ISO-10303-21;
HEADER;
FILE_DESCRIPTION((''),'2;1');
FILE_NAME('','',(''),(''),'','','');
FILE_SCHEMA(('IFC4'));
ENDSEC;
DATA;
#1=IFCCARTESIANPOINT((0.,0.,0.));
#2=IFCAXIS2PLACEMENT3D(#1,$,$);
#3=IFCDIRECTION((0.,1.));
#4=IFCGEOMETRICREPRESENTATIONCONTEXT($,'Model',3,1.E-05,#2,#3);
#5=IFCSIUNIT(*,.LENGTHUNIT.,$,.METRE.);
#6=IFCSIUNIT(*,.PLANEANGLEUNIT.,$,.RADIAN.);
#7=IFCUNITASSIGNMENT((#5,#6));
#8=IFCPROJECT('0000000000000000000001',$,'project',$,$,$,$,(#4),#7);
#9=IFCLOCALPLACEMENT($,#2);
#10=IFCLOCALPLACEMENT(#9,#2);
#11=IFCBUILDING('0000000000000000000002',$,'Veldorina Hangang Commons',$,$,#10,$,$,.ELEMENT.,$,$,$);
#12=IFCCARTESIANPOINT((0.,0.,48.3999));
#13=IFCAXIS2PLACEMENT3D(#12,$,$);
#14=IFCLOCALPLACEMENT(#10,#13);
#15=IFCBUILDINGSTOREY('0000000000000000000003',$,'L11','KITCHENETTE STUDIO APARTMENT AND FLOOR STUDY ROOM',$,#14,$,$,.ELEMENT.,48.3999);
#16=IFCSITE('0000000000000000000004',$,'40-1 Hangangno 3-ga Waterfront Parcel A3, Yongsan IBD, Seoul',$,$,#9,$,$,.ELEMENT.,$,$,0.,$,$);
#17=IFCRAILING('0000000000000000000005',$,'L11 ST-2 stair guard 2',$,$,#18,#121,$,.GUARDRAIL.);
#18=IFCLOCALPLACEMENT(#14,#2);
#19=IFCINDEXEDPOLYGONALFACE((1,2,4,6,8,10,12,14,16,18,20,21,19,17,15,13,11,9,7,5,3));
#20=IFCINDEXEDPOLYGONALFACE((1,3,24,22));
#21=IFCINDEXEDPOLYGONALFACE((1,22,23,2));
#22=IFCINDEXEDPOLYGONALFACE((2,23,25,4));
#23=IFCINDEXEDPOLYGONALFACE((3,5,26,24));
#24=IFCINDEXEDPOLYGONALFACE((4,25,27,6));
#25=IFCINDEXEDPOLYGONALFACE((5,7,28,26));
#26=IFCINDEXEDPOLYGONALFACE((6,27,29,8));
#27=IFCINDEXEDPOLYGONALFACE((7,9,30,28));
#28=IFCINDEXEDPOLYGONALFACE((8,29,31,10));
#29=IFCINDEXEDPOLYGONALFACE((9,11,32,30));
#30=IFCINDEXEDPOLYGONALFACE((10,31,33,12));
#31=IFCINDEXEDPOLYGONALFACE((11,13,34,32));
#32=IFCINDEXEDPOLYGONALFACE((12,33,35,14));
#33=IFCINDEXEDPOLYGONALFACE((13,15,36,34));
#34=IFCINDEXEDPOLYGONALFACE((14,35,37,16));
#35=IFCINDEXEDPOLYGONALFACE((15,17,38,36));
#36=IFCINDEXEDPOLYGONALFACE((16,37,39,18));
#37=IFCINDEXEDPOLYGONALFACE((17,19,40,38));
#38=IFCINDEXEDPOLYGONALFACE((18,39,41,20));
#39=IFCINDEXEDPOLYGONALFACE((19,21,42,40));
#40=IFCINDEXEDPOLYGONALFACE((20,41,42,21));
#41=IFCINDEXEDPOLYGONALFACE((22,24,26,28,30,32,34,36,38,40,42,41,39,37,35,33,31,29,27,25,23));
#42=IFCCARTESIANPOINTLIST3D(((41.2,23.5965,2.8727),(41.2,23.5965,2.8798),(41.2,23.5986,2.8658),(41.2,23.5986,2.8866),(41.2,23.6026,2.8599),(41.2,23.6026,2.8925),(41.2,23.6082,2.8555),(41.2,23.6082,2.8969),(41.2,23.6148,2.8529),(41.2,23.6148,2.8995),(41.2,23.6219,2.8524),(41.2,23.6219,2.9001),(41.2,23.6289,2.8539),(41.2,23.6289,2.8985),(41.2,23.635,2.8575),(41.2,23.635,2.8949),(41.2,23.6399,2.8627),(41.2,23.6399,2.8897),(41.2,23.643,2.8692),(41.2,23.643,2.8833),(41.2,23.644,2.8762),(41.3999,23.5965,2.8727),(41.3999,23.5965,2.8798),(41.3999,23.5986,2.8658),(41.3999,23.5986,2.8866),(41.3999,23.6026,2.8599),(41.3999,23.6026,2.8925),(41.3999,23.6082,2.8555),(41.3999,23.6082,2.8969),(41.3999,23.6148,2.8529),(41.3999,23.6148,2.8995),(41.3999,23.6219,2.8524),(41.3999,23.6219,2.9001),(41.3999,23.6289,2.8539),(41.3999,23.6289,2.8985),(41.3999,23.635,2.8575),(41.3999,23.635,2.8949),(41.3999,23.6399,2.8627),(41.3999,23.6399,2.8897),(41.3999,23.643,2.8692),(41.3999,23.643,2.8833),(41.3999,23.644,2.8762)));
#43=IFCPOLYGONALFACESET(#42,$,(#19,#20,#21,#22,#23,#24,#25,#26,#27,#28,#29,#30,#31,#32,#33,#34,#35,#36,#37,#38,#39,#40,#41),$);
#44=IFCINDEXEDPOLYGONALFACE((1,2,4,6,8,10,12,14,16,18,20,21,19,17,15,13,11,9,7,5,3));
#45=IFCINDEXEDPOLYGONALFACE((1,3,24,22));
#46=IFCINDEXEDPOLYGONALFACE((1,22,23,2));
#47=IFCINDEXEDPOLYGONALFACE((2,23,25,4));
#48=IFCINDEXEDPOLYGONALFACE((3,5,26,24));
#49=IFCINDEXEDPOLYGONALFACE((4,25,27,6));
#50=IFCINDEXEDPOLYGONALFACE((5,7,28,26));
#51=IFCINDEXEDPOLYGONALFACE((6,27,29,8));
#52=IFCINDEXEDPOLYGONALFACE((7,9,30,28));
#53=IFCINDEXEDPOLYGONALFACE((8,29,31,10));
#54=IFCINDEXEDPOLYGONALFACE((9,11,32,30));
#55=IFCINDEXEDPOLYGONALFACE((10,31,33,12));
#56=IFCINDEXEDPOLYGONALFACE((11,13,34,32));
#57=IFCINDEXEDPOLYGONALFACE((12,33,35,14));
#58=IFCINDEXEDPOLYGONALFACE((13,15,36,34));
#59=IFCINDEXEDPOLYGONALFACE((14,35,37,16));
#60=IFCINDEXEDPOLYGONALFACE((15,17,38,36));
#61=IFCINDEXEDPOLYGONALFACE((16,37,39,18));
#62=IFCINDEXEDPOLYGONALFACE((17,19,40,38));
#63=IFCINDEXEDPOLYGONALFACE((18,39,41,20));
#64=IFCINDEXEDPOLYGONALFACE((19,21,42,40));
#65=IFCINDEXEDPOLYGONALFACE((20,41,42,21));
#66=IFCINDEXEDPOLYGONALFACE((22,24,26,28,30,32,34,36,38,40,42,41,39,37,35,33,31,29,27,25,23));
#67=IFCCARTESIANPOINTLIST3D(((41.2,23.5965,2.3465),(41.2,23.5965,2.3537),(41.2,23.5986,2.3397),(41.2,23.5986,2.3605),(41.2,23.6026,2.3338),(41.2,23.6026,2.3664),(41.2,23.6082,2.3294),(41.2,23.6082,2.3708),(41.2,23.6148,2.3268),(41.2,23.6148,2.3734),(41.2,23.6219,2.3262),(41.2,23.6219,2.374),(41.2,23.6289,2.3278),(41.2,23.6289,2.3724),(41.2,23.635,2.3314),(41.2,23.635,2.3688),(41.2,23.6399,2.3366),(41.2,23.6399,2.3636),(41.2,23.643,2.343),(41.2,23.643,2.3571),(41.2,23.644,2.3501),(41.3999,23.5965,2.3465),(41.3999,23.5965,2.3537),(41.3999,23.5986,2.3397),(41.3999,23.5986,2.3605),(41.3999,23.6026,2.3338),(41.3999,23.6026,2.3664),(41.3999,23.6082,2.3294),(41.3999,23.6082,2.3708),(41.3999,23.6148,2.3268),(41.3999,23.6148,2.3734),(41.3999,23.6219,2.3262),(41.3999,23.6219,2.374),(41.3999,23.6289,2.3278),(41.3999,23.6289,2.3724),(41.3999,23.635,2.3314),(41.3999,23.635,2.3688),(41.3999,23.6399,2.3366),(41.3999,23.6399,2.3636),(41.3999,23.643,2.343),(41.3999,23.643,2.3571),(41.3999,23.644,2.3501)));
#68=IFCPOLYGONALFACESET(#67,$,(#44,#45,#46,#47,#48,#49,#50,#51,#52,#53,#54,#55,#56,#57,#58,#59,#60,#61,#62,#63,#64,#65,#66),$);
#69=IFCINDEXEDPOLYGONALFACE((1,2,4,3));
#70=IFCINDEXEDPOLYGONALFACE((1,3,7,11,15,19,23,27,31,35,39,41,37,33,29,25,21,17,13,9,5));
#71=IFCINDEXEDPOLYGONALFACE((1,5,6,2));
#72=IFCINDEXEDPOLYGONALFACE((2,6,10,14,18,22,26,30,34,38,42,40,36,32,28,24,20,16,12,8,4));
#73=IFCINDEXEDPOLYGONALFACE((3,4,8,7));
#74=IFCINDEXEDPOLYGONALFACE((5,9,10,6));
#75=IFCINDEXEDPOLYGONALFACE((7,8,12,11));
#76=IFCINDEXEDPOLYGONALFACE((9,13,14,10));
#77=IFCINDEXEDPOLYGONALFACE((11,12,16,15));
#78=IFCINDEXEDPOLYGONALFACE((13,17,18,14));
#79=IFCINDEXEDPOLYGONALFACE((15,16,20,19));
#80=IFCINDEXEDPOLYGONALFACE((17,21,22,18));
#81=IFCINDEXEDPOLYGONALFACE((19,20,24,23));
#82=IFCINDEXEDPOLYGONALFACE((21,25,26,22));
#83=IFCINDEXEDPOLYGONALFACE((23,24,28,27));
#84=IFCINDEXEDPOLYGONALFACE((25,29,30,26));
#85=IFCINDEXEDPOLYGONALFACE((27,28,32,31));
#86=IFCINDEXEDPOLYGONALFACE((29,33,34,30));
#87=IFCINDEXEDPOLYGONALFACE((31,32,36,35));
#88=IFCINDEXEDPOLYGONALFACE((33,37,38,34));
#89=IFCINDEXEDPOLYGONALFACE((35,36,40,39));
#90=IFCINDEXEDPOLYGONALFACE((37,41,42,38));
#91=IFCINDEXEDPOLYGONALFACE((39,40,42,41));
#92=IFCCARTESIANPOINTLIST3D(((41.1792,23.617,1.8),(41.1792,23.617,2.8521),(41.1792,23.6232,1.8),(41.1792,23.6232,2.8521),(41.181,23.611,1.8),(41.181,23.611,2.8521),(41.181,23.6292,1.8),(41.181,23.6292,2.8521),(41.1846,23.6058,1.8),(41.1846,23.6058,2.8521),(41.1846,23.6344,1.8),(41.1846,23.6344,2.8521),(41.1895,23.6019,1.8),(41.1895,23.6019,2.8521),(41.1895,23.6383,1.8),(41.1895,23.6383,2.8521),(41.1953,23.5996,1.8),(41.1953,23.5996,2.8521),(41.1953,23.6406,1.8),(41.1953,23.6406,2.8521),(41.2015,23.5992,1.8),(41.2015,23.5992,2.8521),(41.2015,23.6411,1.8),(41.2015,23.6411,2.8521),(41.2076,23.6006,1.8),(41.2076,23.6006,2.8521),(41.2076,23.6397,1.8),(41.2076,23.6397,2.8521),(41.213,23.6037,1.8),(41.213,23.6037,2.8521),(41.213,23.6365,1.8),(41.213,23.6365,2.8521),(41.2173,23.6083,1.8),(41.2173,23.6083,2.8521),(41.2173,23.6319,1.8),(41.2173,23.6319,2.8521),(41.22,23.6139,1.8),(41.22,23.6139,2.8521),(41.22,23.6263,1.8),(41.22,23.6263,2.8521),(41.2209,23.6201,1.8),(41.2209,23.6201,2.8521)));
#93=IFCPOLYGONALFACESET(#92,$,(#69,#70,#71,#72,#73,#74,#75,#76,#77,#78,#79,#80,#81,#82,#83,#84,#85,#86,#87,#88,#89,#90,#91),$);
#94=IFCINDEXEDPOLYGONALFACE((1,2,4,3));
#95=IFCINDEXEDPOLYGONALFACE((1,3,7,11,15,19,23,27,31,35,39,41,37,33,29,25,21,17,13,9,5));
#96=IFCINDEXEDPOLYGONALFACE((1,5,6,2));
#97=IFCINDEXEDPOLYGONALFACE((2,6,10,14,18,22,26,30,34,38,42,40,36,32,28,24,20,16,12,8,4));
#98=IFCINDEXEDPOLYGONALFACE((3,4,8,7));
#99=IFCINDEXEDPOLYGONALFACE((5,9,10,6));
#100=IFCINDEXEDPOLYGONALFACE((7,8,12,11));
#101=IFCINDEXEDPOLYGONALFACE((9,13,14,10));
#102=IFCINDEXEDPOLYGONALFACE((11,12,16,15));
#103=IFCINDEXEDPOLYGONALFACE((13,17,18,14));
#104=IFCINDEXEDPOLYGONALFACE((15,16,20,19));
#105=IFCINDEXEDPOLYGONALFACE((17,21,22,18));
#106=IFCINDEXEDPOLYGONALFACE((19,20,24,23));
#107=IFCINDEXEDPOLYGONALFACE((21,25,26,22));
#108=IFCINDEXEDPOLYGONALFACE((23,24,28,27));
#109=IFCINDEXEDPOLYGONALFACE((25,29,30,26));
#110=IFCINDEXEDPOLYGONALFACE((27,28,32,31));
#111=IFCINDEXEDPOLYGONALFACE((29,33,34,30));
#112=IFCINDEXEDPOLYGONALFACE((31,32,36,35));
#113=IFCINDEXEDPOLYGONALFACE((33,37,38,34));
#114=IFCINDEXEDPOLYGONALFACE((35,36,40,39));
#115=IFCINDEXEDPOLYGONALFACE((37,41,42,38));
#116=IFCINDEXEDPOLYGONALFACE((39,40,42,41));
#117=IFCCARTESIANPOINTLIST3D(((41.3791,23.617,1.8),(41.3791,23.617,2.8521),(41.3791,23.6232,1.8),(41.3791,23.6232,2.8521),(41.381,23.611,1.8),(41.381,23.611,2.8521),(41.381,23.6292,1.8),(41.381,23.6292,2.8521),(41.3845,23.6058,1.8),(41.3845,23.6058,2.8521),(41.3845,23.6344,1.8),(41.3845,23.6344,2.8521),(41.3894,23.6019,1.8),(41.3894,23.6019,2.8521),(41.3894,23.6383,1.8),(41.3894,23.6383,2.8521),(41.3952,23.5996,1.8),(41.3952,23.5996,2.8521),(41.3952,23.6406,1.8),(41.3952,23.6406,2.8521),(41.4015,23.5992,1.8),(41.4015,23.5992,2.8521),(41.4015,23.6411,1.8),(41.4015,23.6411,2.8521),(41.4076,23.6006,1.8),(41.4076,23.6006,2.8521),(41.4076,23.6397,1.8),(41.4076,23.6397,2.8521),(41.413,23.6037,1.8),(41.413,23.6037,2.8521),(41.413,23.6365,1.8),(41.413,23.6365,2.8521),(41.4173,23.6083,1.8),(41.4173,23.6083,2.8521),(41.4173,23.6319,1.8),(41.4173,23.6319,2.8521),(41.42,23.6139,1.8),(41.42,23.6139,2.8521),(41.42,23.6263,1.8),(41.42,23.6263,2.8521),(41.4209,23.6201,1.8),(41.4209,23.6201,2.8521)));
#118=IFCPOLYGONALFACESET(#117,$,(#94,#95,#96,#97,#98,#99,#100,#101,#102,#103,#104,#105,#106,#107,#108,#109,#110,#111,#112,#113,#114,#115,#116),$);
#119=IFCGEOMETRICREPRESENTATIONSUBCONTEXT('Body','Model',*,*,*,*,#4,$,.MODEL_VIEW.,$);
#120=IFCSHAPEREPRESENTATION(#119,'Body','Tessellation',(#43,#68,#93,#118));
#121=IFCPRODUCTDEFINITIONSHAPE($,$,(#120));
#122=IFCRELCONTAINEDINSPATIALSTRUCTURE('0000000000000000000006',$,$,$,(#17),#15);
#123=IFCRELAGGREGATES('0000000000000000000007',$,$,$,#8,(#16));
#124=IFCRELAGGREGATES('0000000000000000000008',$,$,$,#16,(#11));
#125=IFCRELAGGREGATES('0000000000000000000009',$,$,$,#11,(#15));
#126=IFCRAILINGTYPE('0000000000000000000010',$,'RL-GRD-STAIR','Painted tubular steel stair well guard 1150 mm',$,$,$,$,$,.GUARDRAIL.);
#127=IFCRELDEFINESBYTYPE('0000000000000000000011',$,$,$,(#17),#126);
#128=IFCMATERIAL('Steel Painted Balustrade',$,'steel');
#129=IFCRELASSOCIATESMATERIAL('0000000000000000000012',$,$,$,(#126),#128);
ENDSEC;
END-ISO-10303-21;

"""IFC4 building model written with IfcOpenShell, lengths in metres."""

from ifc_helpers import new_model, si_unit, direction, frame, origin, origin_2d, place, context, subcontext, project, spatial, circle, extrude, material, type_object, element, save


model = new_model("IFC4")

# Units and contexts
model_context = context("Model", 3, precision=1e-05, world=origin(), true_north=direction((0.0, 1.0)))
body_context = subcontext(model_context, "Body", "Model", "MODEL_VIEW")
ifc_project = project(units=[si_unit("LENGTHUNIT", "METRE"), si_unit("PLANEANGLEUNIT", "RADIAN")], contexts=[model_context])

# Site, building, storey
site_placement = place(None, origin())
site = spatial("IfcSite", under=ifc_project, at=site_placement, Name="40-1 Hangangno 3-ga Waterfront Parcel A3, Yongsan IBD, Seoul", CompositionType="ELEMENT", RefElevation=0.0)
building_placement = place(site_placement, origin())
building = spatial("IfcBuilding", under=site, at=building_placement, Name="Veldorina Hangang Commons", CompositionType="ELEMENT")
storey_placement = place(building_placement, frame((0.0, 0.0, 48.3999)))
storey = spatial("IfcBuildingStorey", under=building, at=storey_placement, Name="L11", Description="KITCHENETTE STUDIO APARTMENT AND FLOOR STUDY ROOM", CompositionType="ELEMENT", Elevation=48.3999)

# Railing
ifc_material_1 = material(Name="Steel Painted Balustrade", Category="steel")
railing_type_1 = type_object("IfcRailingType", Name="RL-GRD-STAIR", Description="Painted tubular steel stair well guard 1150 mm", PredefinedType="GUARDRAIL", material=ifc_material_1)
railing_1_placement = place(storey_placement, frame((41.2, 23.6201, 1.8)))
element("IfcRailing", 1, at=railing_1_placement, inside=storey, type_object=railing_type_1, Name="L11 ST-2 stair guard 2", PredefinedType="GUARDRAIL", context=body_context, shape_type="SweptSolid", body=[
    extrude(circle(Radius=0.0239, at=origin_2d()), frame((0.0, 0.0, 1.0762), z_axis=(1.0, 0.0, 0.0), x_axis=(0.0, 1.0, 0.0)), (0.0, 0.0, 1.0), 0.2),
    extrude(circle(Radius=0.0239, at=origin_2d()), frame((0.0, 0.0, 0.55), z_axis=(1.0, 0.0, 0.0), x_axis=(0.0, 1.0, 0.0)), (0.0, 0.0, 1.0), 0.2),
    extrude(circle(Radius=0.021, at=origin_2d()), origin(), (0.0, 0.0, 1.0), 1.052),
    extrude(circle(Radius=0.021, at=origin_2d()), frame((0.2, 0.0, 0.0)), (0.0, 0.0, 1.0), 1.052),
])

save(model, "model.ifc")
